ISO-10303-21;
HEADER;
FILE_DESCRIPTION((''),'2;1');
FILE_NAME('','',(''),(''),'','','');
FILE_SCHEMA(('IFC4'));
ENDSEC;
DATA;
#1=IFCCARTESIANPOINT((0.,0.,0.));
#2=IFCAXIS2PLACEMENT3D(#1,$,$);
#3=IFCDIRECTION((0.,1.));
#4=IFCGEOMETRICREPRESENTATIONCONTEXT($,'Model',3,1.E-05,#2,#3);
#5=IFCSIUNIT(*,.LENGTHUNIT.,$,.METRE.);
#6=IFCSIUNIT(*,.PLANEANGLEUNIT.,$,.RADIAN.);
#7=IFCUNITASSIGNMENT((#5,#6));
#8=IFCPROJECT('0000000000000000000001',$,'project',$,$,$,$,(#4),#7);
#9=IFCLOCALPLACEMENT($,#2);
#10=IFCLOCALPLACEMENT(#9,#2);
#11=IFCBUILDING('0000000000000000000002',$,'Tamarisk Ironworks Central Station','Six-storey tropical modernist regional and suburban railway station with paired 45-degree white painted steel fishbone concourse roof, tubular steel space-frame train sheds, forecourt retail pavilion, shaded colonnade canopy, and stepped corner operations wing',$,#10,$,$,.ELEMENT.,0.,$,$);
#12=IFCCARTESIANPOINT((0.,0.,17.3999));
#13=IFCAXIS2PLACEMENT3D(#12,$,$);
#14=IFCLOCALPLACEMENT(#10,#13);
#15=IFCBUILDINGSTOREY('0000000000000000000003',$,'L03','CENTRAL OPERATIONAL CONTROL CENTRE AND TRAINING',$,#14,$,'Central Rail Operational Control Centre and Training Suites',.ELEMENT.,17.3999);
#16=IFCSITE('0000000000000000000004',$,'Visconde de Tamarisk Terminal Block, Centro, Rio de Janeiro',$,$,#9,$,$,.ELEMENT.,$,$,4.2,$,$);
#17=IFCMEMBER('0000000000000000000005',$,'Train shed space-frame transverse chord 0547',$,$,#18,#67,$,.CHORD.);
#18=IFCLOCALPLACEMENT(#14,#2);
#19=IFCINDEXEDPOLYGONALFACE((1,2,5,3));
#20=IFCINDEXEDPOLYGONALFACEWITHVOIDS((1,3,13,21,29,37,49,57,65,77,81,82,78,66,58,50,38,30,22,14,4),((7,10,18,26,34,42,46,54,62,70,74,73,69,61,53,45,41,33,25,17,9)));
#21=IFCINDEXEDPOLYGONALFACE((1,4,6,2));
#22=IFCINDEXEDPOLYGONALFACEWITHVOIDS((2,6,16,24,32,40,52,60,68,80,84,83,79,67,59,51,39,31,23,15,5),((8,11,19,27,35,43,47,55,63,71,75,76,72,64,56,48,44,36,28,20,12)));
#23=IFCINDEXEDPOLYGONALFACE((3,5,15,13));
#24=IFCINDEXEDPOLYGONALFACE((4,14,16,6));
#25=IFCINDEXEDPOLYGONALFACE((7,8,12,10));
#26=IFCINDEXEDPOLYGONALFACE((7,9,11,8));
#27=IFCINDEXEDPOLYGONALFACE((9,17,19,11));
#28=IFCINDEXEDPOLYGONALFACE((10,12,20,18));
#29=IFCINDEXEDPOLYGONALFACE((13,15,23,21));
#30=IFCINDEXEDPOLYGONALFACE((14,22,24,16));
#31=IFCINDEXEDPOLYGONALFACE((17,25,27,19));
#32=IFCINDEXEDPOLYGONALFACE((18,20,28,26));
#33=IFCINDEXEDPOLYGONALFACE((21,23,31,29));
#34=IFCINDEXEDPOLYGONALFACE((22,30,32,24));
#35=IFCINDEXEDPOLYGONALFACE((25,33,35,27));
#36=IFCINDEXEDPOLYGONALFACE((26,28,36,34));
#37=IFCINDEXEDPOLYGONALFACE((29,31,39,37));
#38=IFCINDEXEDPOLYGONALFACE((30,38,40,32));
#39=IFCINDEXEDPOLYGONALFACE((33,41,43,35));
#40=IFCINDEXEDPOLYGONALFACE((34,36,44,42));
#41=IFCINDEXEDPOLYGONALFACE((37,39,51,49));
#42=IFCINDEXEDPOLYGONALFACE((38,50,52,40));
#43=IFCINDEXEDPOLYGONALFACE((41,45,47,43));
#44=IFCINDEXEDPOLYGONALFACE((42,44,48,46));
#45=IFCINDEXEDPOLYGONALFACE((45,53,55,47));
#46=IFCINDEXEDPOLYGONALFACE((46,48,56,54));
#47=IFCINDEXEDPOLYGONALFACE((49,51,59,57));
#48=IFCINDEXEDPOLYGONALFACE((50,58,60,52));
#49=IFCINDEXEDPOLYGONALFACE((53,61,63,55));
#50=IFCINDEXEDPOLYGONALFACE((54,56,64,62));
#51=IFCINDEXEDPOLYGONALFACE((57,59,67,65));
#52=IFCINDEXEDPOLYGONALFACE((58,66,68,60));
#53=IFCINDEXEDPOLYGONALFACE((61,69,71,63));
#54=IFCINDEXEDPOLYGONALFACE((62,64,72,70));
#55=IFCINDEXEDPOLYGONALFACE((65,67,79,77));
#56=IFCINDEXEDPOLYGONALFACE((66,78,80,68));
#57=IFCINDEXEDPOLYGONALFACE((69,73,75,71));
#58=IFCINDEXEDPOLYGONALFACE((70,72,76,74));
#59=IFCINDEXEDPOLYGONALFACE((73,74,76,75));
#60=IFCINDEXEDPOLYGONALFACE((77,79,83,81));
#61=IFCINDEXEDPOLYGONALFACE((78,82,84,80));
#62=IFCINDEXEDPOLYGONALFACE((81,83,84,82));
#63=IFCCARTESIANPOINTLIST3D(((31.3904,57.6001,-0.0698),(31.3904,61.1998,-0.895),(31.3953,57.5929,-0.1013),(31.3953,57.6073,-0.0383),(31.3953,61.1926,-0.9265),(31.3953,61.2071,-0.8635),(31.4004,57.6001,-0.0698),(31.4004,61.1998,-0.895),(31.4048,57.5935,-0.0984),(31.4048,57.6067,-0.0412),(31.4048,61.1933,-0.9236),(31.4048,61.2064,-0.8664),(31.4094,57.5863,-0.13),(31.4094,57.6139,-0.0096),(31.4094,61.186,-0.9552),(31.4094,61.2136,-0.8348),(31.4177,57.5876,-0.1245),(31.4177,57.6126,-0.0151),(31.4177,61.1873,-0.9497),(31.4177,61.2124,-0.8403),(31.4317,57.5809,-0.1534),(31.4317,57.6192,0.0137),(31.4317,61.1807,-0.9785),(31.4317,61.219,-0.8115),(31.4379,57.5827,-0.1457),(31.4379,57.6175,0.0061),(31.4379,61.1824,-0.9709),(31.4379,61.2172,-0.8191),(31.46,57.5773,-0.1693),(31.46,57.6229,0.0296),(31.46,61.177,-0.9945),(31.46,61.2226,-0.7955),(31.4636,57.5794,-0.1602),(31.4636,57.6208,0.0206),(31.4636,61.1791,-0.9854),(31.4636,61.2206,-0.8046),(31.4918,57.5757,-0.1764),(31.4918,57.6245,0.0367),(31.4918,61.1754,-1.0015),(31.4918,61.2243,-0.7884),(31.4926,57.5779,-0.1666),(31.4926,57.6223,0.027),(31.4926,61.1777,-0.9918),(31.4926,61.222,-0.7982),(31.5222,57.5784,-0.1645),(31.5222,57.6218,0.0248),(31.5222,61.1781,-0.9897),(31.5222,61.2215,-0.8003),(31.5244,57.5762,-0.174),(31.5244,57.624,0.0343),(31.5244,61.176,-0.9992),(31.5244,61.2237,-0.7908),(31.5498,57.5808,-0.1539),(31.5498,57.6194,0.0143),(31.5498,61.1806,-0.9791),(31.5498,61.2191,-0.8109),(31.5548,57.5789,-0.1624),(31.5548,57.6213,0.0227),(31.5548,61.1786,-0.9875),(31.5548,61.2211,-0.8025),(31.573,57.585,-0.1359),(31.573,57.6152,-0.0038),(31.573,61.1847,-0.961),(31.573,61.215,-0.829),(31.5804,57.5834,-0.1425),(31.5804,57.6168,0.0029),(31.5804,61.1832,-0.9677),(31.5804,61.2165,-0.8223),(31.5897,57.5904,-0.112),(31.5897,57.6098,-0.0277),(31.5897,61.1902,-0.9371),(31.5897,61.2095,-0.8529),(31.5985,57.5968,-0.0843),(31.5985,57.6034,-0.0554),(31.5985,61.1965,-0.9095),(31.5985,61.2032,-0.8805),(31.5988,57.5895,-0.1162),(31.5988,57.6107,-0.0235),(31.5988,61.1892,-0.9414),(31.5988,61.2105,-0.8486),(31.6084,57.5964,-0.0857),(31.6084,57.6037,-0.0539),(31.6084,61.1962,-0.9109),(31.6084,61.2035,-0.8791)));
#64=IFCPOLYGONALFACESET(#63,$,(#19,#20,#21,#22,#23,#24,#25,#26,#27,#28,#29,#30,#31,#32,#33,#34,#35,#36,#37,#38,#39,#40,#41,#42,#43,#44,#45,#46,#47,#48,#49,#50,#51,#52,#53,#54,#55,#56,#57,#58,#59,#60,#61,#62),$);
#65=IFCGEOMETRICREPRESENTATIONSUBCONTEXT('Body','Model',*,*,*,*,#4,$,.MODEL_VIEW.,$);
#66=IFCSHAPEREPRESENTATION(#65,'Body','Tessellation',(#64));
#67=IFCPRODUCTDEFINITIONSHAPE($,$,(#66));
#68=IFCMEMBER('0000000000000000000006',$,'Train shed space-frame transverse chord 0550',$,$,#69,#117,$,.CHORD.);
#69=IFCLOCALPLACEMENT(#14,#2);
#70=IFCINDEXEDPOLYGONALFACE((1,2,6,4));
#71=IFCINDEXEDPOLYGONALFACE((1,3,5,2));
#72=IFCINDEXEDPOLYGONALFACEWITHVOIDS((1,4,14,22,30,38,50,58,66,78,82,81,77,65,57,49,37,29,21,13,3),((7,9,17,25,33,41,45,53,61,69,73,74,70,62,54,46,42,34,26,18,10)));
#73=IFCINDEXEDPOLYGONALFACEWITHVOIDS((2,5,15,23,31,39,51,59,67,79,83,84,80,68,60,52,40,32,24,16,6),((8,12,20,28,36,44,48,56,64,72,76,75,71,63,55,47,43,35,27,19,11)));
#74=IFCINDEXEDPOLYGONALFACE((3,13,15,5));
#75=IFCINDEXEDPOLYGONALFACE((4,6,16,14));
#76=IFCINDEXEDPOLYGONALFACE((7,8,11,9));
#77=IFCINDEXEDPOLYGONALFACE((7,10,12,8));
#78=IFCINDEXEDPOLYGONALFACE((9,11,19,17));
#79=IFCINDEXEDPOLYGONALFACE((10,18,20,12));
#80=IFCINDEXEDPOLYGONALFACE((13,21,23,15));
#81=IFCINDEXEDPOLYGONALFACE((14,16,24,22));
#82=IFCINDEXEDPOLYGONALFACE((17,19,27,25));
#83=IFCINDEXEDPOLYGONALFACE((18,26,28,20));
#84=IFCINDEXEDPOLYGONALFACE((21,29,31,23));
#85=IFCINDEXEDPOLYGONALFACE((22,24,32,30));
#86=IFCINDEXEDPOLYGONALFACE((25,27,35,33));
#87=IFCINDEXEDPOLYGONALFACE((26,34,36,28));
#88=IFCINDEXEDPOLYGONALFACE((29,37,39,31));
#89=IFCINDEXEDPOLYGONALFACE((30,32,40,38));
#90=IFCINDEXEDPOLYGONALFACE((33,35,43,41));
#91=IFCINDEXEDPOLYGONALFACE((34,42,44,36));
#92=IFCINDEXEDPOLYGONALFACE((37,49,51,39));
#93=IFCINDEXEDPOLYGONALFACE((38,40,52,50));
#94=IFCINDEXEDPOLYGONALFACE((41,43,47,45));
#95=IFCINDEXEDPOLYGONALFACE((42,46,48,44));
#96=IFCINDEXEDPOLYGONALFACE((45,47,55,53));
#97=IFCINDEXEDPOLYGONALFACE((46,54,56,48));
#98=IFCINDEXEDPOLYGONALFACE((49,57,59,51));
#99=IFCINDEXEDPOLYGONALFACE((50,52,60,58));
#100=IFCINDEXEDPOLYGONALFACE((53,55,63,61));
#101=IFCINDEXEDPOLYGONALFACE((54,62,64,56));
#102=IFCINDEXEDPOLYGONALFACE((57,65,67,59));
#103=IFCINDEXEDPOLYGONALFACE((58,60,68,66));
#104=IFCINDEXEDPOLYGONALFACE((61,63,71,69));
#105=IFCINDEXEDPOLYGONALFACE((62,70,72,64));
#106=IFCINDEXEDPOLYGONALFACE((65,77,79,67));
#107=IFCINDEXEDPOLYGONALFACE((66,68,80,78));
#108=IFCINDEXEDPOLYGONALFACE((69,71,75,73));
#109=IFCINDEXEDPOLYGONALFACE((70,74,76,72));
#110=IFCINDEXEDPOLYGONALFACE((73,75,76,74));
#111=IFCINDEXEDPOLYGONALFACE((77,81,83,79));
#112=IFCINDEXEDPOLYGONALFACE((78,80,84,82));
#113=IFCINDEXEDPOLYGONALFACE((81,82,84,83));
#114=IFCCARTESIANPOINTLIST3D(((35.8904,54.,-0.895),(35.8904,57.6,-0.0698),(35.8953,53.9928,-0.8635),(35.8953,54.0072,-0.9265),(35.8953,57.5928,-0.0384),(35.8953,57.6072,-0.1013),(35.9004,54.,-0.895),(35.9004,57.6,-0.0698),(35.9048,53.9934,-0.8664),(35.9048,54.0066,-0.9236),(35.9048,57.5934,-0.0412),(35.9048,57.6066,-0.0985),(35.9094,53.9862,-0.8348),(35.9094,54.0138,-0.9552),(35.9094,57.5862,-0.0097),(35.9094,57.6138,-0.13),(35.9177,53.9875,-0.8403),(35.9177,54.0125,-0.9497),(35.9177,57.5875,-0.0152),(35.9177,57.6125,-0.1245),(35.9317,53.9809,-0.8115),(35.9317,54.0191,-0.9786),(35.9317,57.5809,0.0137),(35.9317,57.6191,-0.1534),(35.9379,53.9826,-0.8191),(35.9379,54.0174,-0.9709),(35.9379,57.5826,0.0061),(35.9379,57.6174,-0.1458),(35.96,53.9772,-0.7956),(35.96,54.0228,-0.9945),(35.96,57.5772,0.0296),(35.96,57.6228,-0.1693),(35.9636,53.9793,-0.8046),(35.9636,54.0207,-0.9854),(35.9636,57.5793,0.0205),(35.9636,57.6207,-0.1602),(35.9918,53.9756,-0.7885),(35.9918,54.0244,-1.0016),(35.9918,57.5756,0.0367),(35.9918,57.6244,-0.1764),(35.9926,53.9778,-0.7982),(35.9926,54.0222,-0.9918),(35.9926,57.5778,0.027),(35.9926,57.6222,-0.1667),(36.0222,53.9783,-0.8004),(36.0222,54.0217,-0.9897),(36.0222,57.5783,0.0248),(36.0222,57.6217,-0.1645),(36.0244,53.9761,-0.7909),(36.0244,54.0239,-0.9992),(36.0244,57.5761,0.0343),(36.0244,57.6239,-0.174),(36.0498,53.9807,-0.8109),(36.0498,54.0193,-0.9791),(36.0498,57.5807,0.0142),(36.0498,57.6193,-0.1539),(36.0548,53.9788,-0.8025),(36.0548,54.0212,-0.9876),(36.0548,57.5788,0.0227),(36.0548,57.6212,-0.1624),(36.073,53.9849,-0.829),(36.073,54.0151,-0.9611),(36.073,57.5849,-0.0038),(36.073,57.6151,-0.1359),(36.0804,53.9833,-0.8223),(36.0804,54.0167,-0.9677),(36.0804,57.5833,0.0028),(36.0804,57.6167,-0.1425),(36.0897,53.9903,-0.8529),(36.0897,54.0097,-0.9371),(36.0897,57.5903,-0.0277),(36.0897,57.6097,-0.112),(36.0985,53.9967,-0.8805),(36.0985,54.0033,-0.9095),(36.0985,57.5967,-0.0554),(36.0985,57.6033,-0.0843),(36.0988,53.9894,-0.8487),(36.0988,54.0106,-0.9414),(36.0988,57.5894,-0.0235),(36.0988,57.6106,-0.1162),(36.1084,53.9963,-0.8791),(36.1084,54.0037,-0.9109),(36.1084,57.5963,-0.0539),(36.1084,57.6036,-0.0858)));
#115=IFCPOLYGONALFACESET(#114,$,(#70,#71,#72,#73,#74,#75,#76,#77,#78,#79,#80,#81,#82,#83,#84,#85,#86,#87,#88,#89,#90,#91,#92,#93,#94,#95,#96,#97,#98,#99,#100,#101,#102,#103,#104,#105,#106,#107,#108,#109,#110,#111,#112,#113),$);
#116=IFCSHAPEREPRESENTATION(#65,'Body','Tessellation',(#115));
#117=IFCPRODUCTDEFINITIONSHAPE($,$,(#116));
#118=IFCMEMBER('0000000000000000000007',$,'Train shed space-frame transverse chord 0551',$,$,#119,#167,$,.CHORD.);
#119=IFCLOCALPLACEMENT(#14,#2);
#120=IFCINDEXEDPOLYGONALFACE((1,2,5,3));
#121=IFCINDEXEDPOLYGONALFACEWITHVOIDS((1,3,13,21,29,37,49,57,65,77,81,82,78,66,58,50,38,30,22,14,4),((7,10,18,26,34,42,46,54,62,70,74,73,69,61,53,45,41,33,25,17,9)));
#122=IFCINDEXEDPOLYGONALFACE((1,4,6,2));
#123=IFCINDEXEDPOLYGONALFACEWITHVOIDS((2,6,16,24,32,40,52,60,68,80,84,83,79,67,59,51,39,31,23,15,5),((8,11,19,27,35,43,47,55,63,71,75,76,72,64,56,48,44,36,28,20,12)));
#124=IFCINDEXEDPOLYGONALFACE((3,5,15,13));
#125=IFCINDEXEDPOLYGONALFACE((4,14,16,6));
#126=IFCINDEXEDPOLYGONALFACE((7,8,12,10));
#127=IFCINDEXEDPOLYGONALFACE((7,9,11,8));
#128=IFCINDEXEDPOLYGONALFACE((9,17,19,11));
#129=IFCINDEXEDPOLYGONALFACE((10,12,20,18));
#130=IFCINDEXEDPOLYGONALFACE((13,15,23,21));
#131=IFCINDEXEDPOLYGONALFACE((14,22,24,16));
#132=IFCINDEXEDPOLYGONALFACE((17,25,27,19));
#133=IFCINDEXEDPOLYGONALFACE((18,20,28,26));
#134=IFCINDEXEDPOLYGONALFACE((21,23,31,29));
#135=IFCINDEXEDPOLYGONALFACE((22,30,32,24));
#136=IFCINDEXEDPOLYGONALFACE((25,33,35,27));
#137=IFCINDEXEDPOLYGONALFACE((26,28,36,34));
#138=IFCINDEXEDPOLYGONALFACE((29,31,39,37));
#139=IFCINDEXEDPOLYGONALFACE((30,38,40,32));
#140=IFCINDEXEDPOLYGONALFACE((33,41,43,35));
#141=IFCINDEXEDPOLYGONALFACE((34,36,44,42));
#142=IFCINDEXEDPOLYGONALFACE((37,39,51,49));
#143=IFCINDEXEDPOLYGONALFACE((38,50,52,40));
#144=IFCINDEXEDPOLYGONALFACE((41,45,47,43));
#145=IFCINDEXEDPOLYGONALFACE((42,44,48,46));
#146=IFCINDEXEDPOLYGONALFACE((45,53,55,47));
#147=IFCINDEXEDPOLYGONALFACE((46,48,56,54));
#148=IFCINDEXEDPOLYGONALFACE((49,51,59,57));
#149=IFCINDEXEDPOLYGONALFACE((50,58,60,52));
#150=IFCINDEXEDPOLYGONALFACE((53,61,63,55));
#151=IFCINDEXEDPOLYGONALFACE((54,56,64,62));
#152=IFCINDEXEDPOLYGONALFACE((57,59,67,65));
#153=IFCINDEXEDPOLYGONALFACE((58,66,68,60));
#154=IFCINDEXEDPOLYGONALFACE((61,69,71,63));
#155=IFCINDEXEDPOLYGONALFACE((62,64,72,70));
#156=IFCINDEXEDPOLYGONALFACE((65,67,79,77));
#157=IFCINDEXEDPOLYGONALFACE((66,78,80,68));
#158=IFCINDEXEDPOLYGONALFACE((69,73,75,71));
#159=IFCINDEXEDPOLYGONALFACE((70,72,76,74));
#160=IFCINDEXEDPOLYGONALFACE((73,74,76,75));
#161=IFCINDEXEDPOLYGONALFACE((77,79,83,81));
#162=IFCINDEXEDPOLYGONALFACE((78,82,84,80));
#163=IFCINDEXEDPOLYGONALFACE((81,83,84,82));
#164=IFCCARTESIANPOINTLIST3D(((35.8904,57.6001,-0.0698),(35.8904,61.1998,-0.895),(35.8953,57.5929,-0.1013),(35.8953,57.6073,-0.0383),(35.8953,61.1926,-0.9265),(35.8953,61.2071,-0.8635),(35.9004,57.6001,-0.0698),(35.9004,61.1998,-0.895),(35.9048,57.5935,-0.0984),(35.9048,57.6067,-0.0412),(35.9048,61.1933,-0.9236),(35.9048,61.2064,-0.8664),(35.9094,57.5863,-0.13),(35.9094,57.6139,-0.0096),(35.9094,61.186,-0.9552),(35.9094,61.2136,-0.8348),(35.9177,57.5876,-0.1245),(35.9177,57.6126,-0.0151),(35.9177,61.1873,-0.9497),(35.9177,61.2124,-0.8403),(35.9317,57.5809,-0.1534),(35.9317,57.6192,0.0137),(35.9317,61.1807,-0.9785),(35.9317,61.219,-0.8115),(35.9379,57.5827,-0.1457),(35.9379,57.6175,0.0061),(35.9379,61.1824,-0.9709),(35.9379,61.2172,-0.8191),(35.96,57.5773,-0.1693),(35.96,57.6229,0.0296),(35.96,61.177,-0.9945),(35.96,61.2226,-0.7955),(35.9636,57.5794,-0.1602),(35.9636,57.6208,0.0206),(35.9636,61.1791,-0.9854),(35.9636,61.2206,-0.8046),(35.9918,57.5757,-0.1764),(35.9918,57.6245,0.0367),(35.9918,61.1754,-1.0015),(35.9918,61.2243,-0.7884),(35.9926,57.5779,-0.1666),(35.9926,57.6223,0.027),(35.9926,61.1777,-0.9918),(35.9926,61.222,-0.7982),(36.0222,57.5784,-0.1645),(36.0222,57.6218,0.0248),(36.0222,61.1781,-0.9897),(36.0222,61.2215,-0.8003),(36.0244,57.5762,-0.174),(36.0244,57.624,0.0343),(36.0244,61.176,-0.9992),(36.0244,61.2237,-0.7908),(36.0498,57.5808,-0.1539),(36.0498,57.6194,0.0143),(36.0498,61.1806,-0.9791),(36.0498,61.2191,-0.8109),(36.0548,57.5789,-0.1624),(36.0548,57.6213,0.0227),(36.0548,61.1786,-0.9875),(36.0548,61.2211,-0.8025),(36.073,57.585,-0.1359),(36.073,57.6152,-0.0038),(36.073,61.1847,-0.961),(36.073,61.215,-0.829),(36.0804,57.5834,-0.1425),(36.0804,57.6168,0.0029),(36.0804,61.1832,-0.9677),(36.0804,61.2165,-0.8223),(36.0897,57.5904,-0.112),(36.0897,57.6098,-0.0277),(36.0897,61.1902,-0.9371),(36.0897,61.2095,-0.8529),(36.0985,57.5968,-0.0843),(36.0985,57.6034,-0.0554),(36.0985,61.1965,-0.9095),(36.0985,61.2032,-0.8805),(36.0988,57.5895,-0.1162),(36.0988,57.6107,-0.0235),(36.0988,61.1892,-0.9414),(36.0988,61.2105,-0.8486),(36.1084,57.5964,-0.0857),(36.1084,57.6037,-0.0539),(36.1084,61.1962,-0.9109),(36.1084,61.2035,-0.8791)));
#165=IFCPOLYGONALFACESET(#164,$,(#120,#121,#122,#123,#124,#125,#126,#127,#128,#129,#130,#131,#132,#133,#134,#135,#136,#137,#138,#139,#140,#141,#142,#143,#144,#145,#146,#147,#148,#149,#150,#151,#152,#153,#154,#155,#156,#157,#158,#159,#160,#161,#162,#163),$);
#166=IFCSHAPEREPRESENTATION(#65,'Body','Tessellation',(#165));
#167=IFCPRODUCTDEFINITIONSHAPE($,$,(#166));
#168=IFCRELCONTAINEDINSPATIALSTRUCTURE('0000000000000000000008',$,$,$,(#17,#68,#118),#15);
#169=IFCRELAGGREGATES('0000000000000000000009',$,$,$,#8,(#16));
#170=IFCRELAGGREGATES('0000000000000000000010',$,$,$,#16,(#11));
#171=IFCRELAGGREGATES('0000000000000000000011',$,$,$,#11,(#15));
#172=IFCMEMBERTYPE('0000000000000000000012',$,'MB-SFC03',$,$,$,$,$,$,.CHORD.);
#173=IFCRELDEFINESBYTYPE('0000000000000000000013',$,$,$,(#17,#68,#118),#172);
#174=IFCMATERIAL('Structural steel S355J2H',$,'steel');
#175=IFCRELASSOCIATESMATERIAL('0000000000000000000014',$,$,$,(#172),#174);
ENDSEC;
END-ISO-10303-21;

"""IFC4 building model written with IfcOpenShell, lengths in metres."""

from ifc_helpers import new_model, si_unit, direction, frame, origin, origin_2d, place, context, subcontext, project, spatial, hollow_circle, extrude, material, material_profile, profile_set, type_object, element, save


model = new_model("IFC4")

# Units and contexts
model_context = context("Model", 3, precision=1e-05, world=origin(), true_north=direction((0.0, 1.0)))
body_context = subcontext(model_context, "Body", "Model", "MODEL_VIEW")
ifc_project = project(units=[si_unit("LENGTHUNIT", "METRE"), si_unit("PLANEANGLEUNIT", "RADIAN")], contexts=[model_context])

# Site, building, storey
site_placement = place(None, origin())
site = spatial("IfcSite", under=ifc_project, at=site_placement, Name="Visconde de Tamarisk Terminal Block, Centro, Rio de Janeiro", CompositionType="ELEMENT", RefElevation=4.2)
building_placement = place(site_placement, origin())
building = spatial("IfcBuilding", under=site, at=building_placement, Name="Tamarisk Ironworks Central Station", Description="Six-storey tropical modernist regional and suburban railway station with paired 45-degree white painted steel fishbone concourse roof, tubular steel space-frame train sheds, forecourt retail pavilion, shaded colonnade canopy, and stepped corner operations wing", CompositionType="ELEMENT", ElevationOfRefHeight=0.0)
storey_placement = place(building_placement, frame((0.0, 0.0, 17.3999)))
storey = spatial("IfcBuildingStorey", under=building, at=storey_placement, Name="L03", Description="CENTRAL OPERATIONAL CONTROL CENTRE AND TRAINING", LongName="Central Rail Operational Control Centre and Training Suites", CompositionType="ELEMENT", Elevation=17.3999)

# Members
ifc_material_1 = material(Name="Structural steel S355J2H", Category="steel")
ifc_material_profile_1 = material_profile(ifc_material_1, hollow_circle(Radius=0.1096, WallThickness=0.01, at=origin_2d()), Name="CHS 219.1x10")
ifc_profile_set_1 = profile_set([ifc_material_profile_1], Name="Structural steel S355J2H")
member_type_1 = type_object("IfcMemberType", Name="MB-SFC03", PredefinedType="CHORD", material=ifc_profile_set_1)
member_1_placement = place(storey_placement, frame((31.5, 57.6001, -0.0698), z_axis=(0.0, 0.974719, -0.223435), x_axis=(-1.0, 0.0, 0.0)))
element("IfcMember", 1, at=member_1_placement, inside=storey, type_object=member_type_1, Name="Train shed space-frame transverse chord 0547", PredefinedType="CHORD", context=body_context, shape_type="SweptSolid", body=[
    extrude(hollow_circle(Radius=0.1096, WallThickness=0.01, at=origin_2d()), origin(), (0.0, 0.0, 1.0), 3.6931),
])
member_2_placement = place(storey_placement, frame((36.0, 54.0, -0.895), z_axis=(0.0, 0.974722, 0.223421), x_axis=(-1.0, 0.0, 0.0)))
element("IfcMember", 2, at=member_2_placement, inside=storey, type_object=member_type_1, Name="Train shed space-frame transverse chord 0550", PredefinedType="CHORD", context=body_context, shape_type="SweptSolid", body=[
    extrude(hollow_circle(Radius=0.1096, WallThickness=0.01, at=origin_2d()), origin(), (0.0, 0.0, 1.0), 3.6934),
])
member_3_placement = place(storey_placement, frame((36.0, 57.6001, -0.0698), z_axis=(0.0, 0.974719, -0.223435), x_axis=(-1.0, 0.0, 0.0)))
element("IfcMember", 3, at=member_3_placement, inside=storey, type_object=member_type_1, Name="Train shed space-frame transverse chord 0551", PredefinedType="CHORD", context=body_context, shape_type="SweptSolid", body=[
    extrude(hollow_circle(Radius=0.1096, WallThickness=0.01, at=origin_2d()), origin(), (0.0, 0.0, 1.0), 3.6931),
])

save(model, "model.ifc")
